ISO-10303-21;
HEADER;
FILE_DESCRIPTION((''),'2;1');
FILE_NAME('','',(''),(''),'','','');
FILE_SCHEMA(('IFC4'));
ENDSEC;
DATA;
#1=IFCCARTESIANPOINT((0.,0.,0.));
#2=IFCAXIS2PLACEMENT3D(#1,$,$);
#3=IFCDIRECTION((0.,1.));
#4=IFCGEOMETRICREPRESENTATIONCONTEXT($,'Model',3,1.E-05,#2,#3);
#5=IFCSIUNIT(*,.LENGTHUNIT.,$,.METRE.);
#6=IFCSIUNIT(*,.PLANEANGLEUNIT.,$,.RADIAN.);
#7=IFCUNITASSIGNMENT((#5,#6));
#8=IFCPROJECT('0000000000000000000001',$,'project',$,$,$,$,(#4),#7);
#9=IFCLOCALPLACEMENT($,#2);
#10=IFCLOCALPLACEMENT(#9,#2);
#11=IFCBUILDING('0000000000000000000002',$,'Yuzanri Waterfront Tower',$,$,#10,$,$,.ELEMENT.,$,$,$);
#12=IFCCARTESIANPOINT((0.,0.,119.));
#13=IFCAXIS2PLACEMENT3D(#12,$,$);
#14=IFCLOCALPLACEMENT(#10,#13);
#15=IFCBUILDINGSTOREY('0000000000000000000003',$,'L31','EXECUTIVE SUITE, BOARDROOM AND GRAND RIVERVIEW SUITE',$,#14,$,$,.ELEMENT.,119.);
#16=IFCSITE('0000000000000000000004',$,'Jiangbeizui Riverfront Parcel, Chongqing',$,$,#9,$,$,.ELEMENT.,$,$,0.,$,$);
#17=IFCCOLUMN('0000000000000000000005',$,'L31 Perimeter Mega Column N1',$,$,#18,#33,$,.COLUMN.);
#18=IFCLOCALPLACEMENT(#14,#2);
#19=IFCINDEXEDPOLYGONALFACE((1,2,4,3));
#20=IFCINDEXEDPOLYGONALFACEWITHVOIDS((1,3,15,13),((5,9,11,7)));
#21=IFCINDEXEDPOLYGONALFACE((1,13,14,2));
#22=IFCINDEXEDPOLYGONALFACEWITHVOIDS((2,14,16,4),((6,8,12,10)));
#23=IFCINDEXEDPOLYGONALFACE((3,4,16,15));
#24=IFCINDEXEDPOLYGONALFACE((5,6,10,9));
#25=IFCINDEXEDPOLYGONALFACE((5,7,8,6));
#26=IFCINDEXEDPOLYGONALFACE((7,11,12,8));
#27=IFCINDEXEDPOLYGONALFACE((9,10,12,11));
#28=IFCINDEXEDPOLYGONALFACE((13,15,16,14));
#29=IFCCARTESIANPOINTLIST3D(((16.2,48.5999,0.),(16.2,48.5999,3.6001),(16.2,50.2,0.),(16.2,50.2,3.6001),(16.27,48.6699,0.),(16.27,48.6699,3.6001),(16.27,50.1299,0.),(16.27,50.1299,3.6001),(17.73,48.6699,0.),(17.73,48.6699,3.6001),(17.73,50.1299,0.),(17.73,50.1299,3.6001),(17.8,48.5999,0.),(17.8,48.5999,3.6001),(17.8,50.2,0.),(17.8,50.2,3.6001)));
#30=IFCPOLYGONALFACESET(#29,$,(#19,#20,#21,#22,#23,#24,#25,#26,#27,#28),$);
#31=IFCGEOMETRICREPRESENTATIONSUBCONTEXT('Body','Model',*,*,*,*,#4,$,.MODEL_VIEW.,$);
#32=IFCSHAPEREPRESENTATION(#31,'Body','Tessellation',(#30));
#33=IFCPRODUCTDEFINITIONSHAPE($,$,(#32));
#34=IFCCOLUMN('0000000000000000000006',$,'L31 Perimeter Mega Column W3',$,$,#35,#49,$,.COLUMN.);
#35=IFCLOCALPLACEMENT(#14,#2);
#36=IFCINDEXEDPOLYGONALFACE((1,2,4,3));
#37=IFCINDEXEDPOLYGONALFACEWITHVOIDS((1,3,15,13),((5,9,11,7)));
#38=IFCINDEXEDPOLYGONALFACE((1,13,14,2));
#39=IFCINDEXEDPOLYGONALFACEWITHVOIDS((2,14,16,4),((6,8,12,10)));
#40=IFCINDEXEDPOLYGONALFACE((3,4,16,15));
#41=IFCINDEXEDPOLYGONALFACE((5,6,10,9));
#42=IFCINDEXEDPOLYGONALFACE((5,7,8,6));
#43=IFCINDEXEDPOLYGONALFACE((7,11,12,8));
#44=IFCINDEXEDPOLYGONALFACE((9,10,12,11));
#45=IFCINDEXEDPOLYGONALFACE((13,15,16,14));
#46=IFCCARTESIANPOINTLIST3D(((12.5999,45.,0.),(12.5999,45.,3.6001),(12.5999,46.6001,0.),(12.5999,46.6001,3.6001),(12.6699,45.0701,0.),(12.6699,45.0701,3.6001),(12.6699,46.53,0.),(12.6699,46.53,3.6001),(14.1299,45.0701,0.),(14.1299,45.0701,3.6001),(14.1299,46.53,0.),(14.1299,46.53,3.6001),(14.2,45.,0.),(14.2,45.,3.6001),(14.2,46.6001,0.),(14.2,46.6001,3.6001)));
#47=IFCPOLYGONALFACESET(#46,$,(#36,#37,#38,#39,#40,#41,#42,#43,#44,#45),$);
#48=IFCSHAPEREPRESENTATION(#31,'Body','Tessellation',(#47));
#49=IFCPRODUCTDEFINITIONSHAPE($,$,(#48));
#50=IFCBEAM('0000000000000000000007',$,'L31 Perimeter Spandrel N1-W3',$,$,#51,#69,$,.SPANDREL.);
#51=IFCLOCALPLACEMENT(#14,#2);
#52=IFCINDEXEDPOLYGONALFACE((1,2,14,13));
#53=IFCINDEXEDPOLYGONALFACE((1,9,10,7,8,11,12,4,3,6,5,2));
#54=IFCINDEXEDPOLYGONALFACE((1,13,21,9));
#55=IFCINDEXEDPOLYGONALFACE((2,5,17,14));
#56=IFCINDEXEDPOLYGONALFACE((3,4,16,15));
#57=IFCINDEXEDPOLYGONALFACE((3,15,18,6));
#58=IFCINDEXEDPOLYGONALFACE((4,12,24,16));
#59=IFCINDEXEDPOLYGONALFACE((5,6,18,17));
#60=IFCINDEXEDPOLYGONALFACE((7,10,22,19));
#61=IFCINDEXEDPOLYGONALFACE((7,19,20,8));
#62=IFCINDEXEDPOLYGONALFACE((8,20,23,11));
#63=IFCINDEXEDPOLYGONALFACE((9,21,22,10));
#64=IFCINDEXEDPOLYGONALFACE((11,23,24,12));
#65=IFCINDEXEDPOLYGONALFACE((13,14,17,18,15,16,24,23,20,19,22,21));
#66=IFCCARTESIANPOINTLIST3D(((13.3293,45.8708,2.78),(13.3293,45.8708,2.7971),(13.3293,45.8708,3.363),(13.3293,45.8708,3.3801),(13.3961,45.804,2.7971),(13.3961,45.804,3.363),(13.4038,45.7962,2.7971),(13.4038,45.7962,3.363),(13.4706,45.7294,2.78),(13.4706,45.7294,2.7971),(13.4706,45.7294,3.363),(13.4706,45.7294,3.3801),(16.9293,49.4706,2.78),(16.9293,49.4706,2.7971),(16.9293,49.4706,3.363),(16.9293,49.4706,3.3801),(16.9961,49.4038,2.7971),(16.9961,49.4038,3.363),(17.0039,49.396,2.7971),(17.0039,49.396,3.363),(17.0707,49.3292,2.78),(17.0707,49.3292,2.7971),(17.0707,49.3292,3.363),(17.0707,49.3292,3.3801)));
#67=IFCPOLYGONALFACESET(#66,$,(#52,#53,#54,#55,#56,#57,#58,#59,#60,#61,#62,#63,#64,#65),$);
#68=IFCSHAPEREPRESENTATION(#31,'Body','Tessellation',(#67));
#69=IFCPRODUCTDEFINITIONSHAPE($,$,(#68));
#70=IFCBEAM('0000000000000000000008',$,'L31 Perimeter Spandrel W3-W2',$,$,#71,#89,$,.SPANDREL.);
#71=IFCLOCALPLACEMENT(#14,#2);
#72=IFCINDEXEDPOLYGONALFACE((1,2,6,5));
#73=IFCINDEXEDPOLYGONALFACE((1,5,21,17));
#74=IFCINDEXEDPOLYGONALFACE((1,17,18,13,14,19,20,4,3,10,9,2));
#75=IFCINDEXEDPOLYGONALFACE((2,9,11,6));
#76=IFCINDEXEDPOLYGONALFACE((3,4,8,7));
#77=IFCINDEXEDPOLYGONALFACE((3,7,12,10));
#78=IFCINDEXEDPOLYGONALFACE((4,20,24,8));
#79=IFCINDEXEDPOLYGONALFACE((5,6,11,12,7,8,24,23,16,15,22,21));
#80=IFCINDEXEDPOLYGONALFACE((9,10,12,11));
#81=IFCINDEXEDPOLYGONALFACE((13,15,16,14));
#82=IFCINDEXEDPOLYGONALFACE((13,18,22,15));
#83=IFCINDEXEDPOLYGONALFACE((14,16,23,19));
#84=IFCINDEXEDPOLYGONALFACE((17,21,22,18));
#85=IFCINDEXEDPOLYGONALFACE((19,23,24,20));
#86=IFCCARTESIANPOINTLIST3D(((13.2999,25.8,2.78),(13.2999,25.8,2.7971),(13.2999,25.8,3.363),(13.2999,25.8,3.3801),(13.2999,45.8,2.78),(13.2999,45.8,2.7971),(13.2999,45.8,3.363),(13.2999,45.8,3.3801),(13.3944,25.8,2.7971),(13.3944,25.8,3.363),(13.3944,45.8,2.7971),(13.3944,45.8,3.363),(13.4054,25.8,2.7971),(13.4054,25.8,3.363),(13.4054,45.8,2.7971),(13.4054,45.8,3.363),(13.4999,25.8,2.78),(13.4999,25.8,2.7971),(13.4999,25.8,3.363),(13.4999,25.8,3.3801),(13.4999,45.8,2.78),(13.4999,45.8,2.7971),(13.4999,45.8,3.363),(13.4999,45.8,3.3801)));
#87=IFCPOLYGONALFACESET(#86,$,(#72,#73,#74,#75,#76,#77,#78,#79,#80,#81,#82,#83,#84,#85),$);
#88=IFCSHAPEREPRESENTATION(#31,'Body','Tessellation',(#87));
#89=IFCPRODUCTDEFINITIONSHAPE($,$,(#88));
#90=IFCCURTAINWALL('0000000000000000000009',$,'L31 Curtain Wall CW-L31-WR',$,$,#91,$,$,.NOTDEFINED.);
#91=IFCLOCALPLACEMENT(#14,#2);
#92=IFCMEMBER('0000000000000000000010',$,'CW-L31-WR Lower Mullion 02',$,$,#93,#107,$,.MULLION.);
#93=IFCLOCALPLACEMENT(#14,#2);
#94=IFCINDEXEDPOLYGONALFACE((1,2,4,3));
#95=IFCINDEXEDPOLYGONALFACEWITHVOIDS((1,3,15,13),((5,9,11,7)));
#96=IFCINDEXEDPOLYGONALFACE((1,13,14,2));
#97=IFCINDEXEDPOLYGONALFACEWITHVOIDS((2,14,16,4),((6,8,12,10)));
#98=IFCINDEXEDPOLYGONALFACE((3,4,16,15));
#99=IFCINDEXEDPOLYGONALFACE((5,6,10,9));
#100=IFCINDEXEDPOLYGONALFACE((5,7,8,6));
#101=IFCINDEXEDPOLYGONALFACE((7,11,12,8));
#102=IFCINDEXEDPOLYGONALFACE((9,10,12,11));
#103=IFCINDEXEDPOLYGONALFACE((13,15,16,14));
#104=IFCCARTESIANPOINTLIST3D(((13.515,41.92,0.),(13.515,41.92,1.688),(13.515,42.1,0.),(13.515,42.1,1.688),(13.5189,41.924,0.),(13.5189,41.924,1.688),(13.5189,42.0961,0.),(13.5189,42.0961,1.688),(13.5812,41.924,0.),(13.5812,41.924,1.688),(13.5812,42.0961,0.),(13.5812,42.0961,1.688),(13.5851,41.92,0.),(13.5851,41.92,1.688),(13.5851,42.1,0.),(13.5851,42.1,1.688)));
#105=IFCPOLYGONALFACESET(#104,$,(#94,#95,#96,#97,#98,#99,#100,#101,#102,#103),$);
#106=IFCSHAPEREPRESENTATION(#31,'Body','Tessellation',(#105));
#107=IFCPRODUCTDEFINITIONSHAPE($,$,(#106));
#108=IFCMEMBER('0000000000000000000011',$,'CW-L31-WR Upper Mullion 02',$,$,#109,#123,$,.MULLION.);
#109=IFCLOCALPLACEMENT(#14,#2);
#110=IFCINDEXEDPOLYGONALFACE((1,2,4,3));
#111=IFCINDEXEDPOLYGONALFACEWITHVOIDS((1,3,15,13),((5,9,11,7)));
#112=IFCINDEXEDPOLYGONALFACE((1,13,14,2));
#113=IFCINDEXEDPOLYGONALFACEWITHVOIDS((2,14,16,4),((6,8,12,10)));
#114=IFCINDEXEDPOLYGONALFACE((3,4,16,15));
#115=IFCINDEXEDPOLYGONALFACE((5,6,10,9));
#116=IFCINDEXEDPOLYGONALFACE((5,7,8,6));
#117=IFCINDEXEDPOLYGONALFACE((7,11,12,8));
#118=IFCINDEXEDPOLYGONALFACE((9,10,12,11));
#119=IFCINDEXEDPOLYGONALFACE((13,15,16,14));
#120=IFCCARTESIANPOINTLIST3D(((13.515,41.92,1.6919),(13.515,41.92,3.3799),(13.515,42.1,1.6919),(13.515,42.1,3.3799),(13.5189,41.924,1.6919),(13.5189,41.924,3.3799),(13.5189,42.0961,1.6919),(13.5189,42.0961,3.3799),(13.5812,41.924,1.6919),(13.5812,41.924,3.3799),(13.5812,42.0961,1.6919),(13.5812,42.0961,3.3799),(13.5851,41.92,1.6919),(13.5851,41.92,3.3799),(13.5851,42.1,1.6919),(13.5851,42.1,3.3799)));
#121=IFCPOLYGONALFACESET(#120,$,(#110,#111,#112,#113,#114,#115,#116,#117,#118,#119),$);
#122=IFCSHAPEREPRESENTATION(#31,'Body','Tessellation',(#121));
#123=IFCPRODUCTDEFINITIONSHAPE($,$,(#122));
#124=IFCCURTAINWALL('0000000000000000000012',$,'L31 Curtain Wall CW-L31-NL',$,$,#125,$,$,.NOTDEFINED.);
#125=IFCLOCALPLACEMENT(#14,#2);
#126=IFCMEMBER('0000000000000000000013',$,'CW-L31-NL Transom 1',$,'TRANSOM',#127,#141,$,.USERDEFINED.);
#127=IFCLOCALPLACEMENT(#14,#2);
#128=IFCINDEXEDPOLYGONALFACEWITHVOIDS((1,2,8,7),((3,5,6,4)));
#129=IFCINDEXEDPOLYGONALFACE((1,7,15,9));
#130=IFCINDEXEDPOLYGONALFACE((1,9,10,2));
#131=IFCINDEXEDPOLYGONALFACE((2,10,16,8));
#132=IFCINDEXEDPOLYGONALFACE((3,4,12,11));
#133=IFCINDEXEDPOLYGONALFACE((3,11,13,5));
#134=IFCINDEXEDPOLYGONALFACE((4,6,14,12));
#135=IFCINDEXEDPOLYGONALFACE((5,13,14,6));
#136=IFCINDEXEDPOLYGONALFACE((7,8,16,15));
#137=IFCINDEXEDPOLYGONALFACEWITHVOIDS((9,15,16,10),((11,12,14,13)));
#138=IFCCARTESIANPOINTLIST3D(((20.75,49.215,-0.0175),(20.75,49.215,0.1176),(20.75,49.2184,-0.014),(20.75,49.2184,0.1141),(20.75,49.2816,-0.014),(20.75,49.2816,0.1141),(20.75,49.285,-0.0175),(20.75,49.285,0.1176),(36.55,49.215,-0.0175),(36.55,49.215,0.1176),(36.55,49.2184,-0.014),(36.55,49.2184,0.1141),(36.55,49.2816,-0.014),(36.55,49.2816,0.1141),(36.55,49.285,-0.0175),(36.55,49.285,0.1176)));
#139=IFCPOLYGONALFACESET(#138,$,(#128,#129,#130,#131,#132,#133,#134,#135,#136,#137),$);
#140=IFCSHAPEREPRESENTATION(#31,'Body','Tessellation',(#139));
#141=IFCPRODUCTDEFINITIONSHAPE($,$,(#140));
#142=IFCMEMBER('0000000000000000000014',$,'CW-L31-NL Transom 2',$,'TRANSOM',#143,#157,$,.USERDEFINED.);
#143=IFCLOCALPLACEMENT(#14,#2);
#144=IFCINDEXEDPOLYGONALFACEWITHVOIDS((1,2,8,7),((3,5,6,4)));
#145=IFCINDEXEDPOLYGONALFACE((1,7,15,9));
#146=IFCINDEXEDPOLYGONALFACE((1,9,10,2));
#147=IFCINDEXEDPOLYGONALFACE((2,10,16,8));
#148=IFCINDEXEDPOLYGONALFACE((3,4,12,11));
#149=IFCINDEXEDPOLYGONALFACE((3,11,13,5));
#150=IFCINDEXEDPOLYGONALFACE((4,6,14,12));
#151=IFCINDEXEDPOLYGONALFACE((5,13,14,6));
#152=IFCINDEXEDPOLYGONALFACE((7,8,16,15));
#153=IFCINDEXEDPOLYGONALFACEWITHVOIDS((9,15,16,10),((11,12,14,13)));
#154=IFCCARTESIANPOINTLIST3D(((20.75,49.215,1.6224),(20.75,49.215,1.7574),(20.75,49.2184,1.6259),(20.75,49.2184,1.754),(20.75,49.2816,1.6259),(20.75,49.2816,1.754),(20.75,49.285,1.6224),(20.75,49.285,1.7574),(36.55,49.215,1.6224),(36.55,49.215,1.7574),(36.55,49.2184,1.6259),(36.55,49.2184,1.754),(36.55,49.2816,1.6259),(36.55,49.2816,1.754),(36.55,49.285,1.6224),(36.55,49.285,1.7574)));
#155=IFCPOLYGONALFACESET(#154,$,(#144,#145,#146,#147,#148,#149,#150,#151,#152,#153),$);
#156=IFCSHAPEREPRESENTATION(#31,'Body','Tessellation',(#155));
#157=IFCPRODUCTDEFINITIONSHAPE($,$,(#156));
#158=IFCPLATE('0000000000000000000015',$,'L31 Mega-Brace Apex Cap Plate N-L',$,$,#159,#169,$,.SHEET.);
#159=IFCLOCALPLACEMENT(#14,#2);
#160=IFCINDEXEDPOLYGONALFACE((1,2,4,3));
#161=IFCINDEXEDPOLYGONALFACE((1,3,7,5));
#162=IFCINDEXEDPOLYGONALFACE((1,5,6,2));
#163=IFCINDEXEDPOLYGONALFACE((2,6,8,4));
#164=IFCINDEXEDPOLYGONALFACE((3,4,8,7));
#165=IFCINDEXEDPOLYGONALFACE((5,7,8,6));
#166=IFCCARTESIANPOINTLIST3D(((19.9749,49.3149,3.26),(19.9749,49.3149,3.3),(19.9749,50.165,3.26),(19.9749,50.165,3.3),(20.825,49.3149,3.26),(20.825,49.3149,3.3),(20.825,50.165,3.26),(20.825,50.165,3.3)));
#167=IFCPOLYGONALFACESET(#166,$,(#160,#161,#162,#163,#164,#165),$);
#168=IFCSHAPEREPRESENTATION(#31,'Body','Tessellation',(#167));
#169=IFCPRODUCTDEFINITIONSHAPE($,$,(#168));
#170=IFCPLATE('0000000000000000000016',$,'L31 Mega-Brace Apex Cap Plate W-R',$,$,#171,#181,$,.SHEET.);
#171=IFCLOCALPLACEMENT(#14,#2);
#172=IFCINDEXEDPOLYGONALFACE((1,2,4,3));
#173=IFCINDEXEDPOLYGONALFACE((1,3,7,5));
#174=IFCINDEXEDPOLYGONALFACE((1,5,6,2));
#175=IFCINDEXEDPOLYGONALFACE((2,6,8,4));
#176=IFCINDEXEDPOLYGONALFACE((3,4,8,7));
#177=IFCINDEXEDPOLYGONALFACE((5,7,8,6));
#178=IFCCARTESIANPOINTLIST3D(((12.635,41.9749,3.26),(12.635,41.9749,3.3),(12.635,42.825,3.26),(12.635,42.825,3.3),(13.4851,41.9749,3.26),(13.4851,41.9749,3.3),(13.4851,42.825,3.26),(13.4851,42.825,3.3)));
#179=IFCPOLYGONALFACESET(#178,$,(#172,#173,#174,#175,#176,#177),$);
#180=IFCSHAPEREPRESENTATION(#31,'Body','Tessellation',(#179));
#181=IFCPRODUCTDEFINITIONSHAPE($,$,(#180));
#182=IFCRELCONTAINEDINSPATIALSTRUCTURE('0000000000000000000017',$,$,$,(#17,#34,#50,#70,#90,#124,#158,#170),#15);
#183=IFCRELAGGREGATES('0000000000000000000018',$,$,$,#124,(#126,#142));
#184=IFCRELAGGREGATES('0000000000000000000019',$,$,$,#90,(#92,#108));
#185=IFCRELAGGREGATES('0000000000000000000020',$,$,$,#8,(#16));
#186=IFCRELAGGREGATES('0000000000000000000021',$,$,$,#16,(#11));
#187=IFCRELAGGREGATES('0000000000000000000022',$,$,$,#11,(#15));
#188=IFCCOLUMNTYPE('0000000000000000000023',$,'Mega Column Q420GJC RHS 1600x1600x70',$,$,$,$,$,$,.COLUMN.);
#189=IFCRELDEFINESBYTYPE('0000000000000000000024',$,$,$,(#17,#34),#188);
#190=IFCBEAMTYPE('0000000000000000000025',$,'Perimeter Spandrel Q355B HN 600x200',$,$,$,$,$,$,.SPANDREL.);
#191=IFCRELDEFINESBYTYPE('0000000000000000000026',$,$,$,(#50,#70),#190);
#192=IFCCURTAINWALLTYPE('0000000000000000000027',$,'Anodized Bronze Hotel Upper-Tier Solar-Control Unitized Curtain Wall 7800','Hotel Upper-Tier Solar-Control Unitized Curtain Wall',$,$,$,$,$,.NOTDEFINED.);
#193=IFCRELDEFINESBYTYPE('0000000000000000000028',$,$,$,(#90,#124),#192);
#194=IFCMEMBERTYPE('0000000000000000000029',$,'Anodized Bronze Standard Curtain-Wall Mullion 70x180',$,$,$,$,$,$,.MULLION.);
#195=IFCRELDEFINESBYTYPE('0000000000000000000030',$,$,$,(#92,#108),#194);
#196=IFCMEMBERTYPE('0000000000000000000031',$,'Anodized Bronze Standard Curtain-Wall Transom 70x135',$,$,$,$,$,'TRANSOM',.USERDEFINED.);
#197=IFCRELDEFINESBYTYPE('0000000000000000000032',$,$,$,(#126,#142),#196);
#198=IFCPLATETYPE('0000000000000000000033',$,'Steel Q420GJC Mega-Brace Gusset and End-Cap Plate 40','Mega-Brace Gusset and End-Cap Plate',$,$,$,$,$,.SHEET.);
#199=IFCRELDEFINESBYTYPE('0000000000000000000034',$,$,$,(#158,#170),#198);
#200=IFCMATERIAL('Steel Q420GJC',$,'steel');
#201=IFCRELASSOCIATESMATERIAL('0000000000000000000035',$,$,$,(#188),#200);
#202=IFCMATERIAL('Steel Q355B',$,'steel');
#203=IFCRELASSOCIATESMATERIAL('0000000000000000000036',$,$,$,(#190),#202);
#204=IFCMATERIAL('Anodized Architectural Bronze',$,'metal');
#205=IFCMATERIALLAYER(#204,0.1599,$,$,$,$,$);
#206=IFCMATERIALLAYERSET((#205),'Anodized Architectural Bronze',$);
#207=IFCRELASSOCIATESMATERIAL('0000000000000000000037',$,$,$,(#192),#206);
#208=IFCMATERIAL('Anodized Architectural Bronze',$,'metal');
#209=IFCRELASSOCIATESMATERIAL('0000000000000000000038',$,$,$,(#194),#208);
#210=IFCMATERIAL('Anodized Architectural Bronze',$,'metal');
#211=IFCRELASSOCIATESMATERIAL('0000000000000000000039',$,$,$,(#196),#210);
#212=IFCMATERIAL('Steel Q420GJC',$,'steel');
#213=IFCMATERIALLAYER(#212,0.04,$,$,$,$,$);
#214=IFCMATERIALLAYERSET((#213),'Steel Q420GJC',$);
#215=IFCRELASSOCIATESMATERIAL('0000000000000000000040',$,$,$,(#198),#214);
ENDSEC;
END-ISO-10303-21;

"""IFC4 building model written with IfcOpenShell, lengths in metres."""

from ifc_helpers import new_model, si_unit, direction, frame, origin, origin_2d, place, context, subcontext, project, spatial, rectangle, hollow_rectangle, i_section, extrude, source, transform, mapped, material, layer, layer_set, material_profile, profile_set, type_object, element, aggregate, save


model = new_model("IFC4")

# Units and contexts
model_context = context("Model", 3, precision=1e-05, world=origin(), true_north=direction((0.0, 1.0)))
body_context = subcontext(model_context, "Body", "Model", "MODEL_VIEW")
ifc_project = project(units=[si_unit("LENGTHUNIT", "METRE"), si_unit("PLANEANGLEUNIT", "RADIAN")], contexts=[model_context])

# Site, building, storey
site_placement = place(None, origin())
site = spatial("IfcSite", under=ifc_project, at=site_placement, Name="Jiangbeizui Riverfront Parcel, Chongqing", CompositionType="ELEMENT", RefElevation=0.0)
building_placement = place(site_placement, origin())
building = spatial("IfcBuilding", under=site, at=building_placement, Name="Yuzanri Waterfront Tower", CompositionType="ELEMENT")
storey_placement = place(building_placement, frame((0.0, 0.0, 119.0)))
storey = spatial("IfcBuildingStorey", under=building, at=storey_placement, Name="L31", Description="EXECUTIVE SUITE, BOARDROOM AND GRAND RIVERVIEW SUITE", CompositionType="ELEMENT", Elevation=119.0)

# Columns
ifc_material_1 = material(Name="Steel Q420GJC", Category="steel")
ifc_material_profile_1 = material_profile(ifc_material_1, hollow_rectangle(XDim=1.6001, YDim=1.6001, WallThickness=0.0701, at=origin_2d()), Name="RHS 1600x1600x70")
ifc_profile_set_1 = profile_set([ifc_material_profile_1], Name="Steel Q420GJC")
column_type = type_object("IfcColumnType", Name="Mega Column Q420GJC RHS 1600x1600x70", PredefinedType="COLUMN", material=ifc_profile_set_1)
shared_shape_1 = source(origin(), body_context, "Body", "SweptSolid", [
    extrude(hollow_rectangle(XDim=1.6001, YDim=1.6001, WallThickness=0.0701, at=origin_2d()), origin(), (0.0, 0.0, 1.0), 3.6001),
])
for number, where, z_axis, x_axis, name in (
    (1, (17.0, 49.3999, 0.0), (0.0, 0.0, 1.0), (1.0, 0.0, 0.0), "L31 Perimeter Mega Column N1"),
    (2, (13.3999, 45.8, 0.0), (0.0, 0.0, 1.0), (1.0, 0.0, 0.0), "L31 Perimeter Mega Column W3"),
):
    element("IfcColumn", number, at=place(storey_placement, frame(where, z_axis=z_axis, x_axis=x_axis)), inside=storey, type_object=column_type, Name=name, PredefinedType="COLUMN", context=body_context, shape_type="MappedRepresentation", body=[
        mapped(shared_shape_1, transform((0.0, 0.0, 0.0), scale=1.0)),
    ])

# Beams
ifc_material_2 = material(Name="Steel Q355B", Category="steel")
ifc_material_profile_2 = material_profile(ifc_material_2, i_section(OverallWidth=0.2, OverallDepth=0.6001, WebThickness=0.011, FlangeThickness=0.0171, at=origin_2d()), Name="HN 600x200x11x17")
ifc_profile_set_2 = profile_set([ifc_material_profile_2], Name="Steel Q355B")
beam_type = type_object("IfcBeamType", Name="Perimeter Spandrel Q355B HN 600x200", PredefinedType="SPANDREL", material=ifc_profile_set_2)
shared_shape_2 = source(origin(), body_context, "Body", "SweptSolid", [
    extrude(i_section(OverallWidth=0.2, OverallDepth=0.6001, WebThickness=0.011, FlangeThickness=0.0171, at=origin_2d()), origin(), (0.0, 0.0, 1.0), 5.0911),
])
beam_1_placement = place(storey_placement, frame((17.0, 49.3999, 3.0801), z_axis=(-0.707131, -0.707083, 0.0), x_axis=(0.707083, -0.707131, 0.0)))
element("IfcBeam", 3, at=beam_1_placement, inside=storey, type_object=beam_type, Name="L31 Perimeter Spandrel N1-W3", PredefinedType="SPANDREL", context=body_context, shape_type="MappedRepresentation", body=[
    mapped(shared_shape_2, transform((0.0, 0.0, 0.0), scale=1.0)),
])
shared_shape_3 = source(origin(), body_context, "Body", "SweptSolid", [
    extrude(i_section(OverallWidth=0.2, OverallDepth=0.6001, WebThickness=0.011, FlangeThickness=0.0171, at=origin_2d()), origin(), (0.0, 0.0, 1.0), 20.0),
])
beam_2_placement = place(storey_placement, frame((13.3999, 45.8, 3.0801), z_axis=(0.0, -1.0, 0.0), x_axis=(1.0, 0.0, 0.0)))
element("IfcBeam", 4, at=beam_2_placement, inside=storey, type_object=beam_type, Name="L31 Perimeter Spandrel W3-W2", PredefinedType="SPANDREL", context=body_context, shape_type="MappedRepresentation", body=[
    mapped(shared_shape_3, transform((0.0, 0.0, 0.0), scale=1.0)),
])

# Curtain walls, members
ifc_material_3 = material(Name="Anodized Architectural Bronze", Category="metal")
ifc_layer_1 = layer(ifc_material_3, 0.1599)
ifc_layer_set_1 = layer_set([ifc_layer_1], Name="Anodized Architectural Bronze")
curtain_wall_type = type_object("IfcCurtainWallType", Name="Anodized Bronze Hotel Upper-Tier Solar-Control Unitized Curtain Wall 7800", Description="Hotel Upper-Tier Solar-Control Unitized Curtain Wall", PredefinedType="NOTDEFINED", material=ifc_layer_set_1)
curtain_wall_1_placement = place(storey_placement, origin())
curtain_wall_1 = element("IfcCurtainWall", 5, at=curtain_wall_1_placement, inside=storey, type_object=curtain_wall_type, Name="L31 Curtain Wall CW-L31-WR", PredefinedType="NOTDEFINED")
ifc_material_4 = material(Name="Anodized Architectural Bronze", Category="metal")
ifc_material_profile_3 = material_profile(ifc_material_4, hollow_rectangle(XDim=0.0701, YDim=0.1799, WallThickness=0.0039, at=origin_2d()), Name="CWM 70x180")
ifc_profile_set_3 = profile_set([ifc_material_profile_3], Name="Anodized Architectural Bronze")
member_type_1 = type_object("IfcMemberType", Name="Anodized Bronze Standard Curtain-Wall Mullion 70x180", PredefinedType="MULLION", material=ifc_profile_set_3)
shared_shape_4 = source(origin(), body_context, "Body", "SweptSolid", [
    extrude(hollow_rectangle(XDim=0.0701, YDim=0.1799, WallThickness=0.0039, at=origin_2d()), origin(), (0.0, 0.0, 1.0), 1.688),
])
member_1_placement = place(storey_placement, frame((13.55, 42.01, 0.0), z_axis=(0.0, 0.0, 1.0), x_axis=(1.0, 0.0, 0.0)))
member_1 = element("IfcMember", 6, at=member_1_placement, type_object=member_type_1, Name="CW-L31-WR Lower Mullion 02", PredefinedType="MULLION", context=body_context, shape_type="MappedRepresentation", body=[
    mapped(shared_shape_4, transform((0.0, 0.0, 0.0), scale=1.0)),
])
member_2_placement = place(storey_placement, frame((13.55, 42.01, 1.6919), z_axis=(0.0, 0.0, 1.0), x_axis=(1.0, 0.0, 0.0)))
member_2 = element("IfcMember", 7, at=member_2_placement, type_object=member_type_1, Name="CW-L31-WR Upper Mullion 02", PredefinedType="MULLION", context=body_context, shape_type="MappedRepresentation", body=[
    mapped(shared_shape_4, transform((0.0, 0.0, 0.0), scale=1.0)),
])
curtain_wall_2_placement = place(storey_placement, origin())
curtain_wall_2 = element("IfcCurtainWall", 8, at=curtain_wall_2_placement, inside=storey, type_object=curtain_wall_type, Name="L31 Curtain Wall CW-L31-NL", PredefinedType="NOTDEFINED")
ifc_material_5 = material(Name="Anodized Architectural Bronze", Category="metal")
ifc_material_profile_4 = material_profile(ifc_material_5, hollow_rectangle(XDim=0.0701, YDim=0.135, WallThickness=0.0034, at=origin_2d()), Name="CWT 70x135")
ifc_profile_set_4 = profile_set([ifc_material_profile_4], Name="Anodized Architectural Bronze")
member_type_2 = type_object("IfcMemberType", Name="Anodized Bronze Standard Curtain-Wall Transom 70x135", ElementType="TRANSOM", PredefinedType="USERDEFINED", material=ifc_profile_set_4)
shared_shape_5 = source(origin(), body_context, "Body", "SweptSolid", [
    extrude(hollow_rectangle(XDim=0.0701, YDim=0.135, WallThickness=0.0034, at=origin_2d()), origin(), (0.0, 0.0, 1.0), 15.8),
])
member_3_placement = place(storey_placement, frame((20.75, 49.25, 0.05), z_axis=(1.0, 0.0, 0.0), x_axis=(0.0, 1.0, 0.0)))
member_3 = element("IfcMember", 9, at=member_3_placement, type_object=member_type_2, Name="CW-L31-NL Transom 1", ObjectType="TRANSOM", PredefinedType="USERDEFINED", context=body_context, shape_type="MappedRepresentation", body=[
    mapped(shared_shape_5, transform((0.0, 0.0, 0.0), scale=1.0)),
])
member_4_placement = place(storey_placement, frame((20.75, 49.25, 1.6899), z_axis=(1.0, 0.0, 0.0), x_axis=(0.0, 1.0, 0.0)))
member_4 = element("IfcMember", 10, at=member_4_placement, type_object=member_type_2, Name="CW-L31-NL Transom 2", ObjectType="TRANSOM", PredefinedType="USERDEFINED", context=body_context, shape_type="MappedRepresentation", body=[
    mapped(shared_shape_5, transform((0.0, 0.0, 0.0), scale=1.0)),
])
aggregate(curtain_wall_2, [member_3, member_4])

# Plates
ifc_material_6 = material(Name="Steel Q420GJC", Category="steel")
ifc_layer_2 = layer(ifc_material_6, 0.04)
ifc_layer_set_2 = layer_set([ifc_layer_2], Name="Steel Q420GJC")
plate_type_1 = type_object("IfcPlateType", Name="Steel Q420GJC Mega-Brace Gusset and End-Cap Plate 40", Description="Mega-Brace Gusset and End-Cap Plate", PredefinedType="SHEET", material=ifc_layer_set_2)
shared_shape_6 = source(origin(), body_context, "Body", "SweptSolid", [
    extrude(rectangle(XDim=0.8501, YDim=0.8501, at=origin_2d()), origin(), (0.0, 0.0, 1.0), 0.04),
])
for number, where, z_axis, x_axis, name in (
    (11, (20.3999, 49.74, 3.26), (0.0, 0.0, 1.0), (1.0, 0.0, 0.0), "L31 Mega-Brace Apex Cap Plate N-L"),
    (12, (13.0601, 42.3999, 3.26), (0.0, 0.0, 1.0), (1.0, 0.0, 0.0), "L31 Mega-Brace Apex Cap Plate W-R"),
):
    element("IfcPlate", number, at=place(storey_placement, frame(where, z_axis=z_axis, x_axis=x_axis)), inside=storey, type_object=plate_type_1, Name=name, PredefinedType="SHEET", context=body_context, shape_type="MappedRepresentation", body=[
        mapped(shared_shape_6, transform((0.0, 0.0, 0.0), scale=1.0)),
    ])

aggregate(curtain_wall_1, [member_1, member_2])

save(model, "model.ifc")
